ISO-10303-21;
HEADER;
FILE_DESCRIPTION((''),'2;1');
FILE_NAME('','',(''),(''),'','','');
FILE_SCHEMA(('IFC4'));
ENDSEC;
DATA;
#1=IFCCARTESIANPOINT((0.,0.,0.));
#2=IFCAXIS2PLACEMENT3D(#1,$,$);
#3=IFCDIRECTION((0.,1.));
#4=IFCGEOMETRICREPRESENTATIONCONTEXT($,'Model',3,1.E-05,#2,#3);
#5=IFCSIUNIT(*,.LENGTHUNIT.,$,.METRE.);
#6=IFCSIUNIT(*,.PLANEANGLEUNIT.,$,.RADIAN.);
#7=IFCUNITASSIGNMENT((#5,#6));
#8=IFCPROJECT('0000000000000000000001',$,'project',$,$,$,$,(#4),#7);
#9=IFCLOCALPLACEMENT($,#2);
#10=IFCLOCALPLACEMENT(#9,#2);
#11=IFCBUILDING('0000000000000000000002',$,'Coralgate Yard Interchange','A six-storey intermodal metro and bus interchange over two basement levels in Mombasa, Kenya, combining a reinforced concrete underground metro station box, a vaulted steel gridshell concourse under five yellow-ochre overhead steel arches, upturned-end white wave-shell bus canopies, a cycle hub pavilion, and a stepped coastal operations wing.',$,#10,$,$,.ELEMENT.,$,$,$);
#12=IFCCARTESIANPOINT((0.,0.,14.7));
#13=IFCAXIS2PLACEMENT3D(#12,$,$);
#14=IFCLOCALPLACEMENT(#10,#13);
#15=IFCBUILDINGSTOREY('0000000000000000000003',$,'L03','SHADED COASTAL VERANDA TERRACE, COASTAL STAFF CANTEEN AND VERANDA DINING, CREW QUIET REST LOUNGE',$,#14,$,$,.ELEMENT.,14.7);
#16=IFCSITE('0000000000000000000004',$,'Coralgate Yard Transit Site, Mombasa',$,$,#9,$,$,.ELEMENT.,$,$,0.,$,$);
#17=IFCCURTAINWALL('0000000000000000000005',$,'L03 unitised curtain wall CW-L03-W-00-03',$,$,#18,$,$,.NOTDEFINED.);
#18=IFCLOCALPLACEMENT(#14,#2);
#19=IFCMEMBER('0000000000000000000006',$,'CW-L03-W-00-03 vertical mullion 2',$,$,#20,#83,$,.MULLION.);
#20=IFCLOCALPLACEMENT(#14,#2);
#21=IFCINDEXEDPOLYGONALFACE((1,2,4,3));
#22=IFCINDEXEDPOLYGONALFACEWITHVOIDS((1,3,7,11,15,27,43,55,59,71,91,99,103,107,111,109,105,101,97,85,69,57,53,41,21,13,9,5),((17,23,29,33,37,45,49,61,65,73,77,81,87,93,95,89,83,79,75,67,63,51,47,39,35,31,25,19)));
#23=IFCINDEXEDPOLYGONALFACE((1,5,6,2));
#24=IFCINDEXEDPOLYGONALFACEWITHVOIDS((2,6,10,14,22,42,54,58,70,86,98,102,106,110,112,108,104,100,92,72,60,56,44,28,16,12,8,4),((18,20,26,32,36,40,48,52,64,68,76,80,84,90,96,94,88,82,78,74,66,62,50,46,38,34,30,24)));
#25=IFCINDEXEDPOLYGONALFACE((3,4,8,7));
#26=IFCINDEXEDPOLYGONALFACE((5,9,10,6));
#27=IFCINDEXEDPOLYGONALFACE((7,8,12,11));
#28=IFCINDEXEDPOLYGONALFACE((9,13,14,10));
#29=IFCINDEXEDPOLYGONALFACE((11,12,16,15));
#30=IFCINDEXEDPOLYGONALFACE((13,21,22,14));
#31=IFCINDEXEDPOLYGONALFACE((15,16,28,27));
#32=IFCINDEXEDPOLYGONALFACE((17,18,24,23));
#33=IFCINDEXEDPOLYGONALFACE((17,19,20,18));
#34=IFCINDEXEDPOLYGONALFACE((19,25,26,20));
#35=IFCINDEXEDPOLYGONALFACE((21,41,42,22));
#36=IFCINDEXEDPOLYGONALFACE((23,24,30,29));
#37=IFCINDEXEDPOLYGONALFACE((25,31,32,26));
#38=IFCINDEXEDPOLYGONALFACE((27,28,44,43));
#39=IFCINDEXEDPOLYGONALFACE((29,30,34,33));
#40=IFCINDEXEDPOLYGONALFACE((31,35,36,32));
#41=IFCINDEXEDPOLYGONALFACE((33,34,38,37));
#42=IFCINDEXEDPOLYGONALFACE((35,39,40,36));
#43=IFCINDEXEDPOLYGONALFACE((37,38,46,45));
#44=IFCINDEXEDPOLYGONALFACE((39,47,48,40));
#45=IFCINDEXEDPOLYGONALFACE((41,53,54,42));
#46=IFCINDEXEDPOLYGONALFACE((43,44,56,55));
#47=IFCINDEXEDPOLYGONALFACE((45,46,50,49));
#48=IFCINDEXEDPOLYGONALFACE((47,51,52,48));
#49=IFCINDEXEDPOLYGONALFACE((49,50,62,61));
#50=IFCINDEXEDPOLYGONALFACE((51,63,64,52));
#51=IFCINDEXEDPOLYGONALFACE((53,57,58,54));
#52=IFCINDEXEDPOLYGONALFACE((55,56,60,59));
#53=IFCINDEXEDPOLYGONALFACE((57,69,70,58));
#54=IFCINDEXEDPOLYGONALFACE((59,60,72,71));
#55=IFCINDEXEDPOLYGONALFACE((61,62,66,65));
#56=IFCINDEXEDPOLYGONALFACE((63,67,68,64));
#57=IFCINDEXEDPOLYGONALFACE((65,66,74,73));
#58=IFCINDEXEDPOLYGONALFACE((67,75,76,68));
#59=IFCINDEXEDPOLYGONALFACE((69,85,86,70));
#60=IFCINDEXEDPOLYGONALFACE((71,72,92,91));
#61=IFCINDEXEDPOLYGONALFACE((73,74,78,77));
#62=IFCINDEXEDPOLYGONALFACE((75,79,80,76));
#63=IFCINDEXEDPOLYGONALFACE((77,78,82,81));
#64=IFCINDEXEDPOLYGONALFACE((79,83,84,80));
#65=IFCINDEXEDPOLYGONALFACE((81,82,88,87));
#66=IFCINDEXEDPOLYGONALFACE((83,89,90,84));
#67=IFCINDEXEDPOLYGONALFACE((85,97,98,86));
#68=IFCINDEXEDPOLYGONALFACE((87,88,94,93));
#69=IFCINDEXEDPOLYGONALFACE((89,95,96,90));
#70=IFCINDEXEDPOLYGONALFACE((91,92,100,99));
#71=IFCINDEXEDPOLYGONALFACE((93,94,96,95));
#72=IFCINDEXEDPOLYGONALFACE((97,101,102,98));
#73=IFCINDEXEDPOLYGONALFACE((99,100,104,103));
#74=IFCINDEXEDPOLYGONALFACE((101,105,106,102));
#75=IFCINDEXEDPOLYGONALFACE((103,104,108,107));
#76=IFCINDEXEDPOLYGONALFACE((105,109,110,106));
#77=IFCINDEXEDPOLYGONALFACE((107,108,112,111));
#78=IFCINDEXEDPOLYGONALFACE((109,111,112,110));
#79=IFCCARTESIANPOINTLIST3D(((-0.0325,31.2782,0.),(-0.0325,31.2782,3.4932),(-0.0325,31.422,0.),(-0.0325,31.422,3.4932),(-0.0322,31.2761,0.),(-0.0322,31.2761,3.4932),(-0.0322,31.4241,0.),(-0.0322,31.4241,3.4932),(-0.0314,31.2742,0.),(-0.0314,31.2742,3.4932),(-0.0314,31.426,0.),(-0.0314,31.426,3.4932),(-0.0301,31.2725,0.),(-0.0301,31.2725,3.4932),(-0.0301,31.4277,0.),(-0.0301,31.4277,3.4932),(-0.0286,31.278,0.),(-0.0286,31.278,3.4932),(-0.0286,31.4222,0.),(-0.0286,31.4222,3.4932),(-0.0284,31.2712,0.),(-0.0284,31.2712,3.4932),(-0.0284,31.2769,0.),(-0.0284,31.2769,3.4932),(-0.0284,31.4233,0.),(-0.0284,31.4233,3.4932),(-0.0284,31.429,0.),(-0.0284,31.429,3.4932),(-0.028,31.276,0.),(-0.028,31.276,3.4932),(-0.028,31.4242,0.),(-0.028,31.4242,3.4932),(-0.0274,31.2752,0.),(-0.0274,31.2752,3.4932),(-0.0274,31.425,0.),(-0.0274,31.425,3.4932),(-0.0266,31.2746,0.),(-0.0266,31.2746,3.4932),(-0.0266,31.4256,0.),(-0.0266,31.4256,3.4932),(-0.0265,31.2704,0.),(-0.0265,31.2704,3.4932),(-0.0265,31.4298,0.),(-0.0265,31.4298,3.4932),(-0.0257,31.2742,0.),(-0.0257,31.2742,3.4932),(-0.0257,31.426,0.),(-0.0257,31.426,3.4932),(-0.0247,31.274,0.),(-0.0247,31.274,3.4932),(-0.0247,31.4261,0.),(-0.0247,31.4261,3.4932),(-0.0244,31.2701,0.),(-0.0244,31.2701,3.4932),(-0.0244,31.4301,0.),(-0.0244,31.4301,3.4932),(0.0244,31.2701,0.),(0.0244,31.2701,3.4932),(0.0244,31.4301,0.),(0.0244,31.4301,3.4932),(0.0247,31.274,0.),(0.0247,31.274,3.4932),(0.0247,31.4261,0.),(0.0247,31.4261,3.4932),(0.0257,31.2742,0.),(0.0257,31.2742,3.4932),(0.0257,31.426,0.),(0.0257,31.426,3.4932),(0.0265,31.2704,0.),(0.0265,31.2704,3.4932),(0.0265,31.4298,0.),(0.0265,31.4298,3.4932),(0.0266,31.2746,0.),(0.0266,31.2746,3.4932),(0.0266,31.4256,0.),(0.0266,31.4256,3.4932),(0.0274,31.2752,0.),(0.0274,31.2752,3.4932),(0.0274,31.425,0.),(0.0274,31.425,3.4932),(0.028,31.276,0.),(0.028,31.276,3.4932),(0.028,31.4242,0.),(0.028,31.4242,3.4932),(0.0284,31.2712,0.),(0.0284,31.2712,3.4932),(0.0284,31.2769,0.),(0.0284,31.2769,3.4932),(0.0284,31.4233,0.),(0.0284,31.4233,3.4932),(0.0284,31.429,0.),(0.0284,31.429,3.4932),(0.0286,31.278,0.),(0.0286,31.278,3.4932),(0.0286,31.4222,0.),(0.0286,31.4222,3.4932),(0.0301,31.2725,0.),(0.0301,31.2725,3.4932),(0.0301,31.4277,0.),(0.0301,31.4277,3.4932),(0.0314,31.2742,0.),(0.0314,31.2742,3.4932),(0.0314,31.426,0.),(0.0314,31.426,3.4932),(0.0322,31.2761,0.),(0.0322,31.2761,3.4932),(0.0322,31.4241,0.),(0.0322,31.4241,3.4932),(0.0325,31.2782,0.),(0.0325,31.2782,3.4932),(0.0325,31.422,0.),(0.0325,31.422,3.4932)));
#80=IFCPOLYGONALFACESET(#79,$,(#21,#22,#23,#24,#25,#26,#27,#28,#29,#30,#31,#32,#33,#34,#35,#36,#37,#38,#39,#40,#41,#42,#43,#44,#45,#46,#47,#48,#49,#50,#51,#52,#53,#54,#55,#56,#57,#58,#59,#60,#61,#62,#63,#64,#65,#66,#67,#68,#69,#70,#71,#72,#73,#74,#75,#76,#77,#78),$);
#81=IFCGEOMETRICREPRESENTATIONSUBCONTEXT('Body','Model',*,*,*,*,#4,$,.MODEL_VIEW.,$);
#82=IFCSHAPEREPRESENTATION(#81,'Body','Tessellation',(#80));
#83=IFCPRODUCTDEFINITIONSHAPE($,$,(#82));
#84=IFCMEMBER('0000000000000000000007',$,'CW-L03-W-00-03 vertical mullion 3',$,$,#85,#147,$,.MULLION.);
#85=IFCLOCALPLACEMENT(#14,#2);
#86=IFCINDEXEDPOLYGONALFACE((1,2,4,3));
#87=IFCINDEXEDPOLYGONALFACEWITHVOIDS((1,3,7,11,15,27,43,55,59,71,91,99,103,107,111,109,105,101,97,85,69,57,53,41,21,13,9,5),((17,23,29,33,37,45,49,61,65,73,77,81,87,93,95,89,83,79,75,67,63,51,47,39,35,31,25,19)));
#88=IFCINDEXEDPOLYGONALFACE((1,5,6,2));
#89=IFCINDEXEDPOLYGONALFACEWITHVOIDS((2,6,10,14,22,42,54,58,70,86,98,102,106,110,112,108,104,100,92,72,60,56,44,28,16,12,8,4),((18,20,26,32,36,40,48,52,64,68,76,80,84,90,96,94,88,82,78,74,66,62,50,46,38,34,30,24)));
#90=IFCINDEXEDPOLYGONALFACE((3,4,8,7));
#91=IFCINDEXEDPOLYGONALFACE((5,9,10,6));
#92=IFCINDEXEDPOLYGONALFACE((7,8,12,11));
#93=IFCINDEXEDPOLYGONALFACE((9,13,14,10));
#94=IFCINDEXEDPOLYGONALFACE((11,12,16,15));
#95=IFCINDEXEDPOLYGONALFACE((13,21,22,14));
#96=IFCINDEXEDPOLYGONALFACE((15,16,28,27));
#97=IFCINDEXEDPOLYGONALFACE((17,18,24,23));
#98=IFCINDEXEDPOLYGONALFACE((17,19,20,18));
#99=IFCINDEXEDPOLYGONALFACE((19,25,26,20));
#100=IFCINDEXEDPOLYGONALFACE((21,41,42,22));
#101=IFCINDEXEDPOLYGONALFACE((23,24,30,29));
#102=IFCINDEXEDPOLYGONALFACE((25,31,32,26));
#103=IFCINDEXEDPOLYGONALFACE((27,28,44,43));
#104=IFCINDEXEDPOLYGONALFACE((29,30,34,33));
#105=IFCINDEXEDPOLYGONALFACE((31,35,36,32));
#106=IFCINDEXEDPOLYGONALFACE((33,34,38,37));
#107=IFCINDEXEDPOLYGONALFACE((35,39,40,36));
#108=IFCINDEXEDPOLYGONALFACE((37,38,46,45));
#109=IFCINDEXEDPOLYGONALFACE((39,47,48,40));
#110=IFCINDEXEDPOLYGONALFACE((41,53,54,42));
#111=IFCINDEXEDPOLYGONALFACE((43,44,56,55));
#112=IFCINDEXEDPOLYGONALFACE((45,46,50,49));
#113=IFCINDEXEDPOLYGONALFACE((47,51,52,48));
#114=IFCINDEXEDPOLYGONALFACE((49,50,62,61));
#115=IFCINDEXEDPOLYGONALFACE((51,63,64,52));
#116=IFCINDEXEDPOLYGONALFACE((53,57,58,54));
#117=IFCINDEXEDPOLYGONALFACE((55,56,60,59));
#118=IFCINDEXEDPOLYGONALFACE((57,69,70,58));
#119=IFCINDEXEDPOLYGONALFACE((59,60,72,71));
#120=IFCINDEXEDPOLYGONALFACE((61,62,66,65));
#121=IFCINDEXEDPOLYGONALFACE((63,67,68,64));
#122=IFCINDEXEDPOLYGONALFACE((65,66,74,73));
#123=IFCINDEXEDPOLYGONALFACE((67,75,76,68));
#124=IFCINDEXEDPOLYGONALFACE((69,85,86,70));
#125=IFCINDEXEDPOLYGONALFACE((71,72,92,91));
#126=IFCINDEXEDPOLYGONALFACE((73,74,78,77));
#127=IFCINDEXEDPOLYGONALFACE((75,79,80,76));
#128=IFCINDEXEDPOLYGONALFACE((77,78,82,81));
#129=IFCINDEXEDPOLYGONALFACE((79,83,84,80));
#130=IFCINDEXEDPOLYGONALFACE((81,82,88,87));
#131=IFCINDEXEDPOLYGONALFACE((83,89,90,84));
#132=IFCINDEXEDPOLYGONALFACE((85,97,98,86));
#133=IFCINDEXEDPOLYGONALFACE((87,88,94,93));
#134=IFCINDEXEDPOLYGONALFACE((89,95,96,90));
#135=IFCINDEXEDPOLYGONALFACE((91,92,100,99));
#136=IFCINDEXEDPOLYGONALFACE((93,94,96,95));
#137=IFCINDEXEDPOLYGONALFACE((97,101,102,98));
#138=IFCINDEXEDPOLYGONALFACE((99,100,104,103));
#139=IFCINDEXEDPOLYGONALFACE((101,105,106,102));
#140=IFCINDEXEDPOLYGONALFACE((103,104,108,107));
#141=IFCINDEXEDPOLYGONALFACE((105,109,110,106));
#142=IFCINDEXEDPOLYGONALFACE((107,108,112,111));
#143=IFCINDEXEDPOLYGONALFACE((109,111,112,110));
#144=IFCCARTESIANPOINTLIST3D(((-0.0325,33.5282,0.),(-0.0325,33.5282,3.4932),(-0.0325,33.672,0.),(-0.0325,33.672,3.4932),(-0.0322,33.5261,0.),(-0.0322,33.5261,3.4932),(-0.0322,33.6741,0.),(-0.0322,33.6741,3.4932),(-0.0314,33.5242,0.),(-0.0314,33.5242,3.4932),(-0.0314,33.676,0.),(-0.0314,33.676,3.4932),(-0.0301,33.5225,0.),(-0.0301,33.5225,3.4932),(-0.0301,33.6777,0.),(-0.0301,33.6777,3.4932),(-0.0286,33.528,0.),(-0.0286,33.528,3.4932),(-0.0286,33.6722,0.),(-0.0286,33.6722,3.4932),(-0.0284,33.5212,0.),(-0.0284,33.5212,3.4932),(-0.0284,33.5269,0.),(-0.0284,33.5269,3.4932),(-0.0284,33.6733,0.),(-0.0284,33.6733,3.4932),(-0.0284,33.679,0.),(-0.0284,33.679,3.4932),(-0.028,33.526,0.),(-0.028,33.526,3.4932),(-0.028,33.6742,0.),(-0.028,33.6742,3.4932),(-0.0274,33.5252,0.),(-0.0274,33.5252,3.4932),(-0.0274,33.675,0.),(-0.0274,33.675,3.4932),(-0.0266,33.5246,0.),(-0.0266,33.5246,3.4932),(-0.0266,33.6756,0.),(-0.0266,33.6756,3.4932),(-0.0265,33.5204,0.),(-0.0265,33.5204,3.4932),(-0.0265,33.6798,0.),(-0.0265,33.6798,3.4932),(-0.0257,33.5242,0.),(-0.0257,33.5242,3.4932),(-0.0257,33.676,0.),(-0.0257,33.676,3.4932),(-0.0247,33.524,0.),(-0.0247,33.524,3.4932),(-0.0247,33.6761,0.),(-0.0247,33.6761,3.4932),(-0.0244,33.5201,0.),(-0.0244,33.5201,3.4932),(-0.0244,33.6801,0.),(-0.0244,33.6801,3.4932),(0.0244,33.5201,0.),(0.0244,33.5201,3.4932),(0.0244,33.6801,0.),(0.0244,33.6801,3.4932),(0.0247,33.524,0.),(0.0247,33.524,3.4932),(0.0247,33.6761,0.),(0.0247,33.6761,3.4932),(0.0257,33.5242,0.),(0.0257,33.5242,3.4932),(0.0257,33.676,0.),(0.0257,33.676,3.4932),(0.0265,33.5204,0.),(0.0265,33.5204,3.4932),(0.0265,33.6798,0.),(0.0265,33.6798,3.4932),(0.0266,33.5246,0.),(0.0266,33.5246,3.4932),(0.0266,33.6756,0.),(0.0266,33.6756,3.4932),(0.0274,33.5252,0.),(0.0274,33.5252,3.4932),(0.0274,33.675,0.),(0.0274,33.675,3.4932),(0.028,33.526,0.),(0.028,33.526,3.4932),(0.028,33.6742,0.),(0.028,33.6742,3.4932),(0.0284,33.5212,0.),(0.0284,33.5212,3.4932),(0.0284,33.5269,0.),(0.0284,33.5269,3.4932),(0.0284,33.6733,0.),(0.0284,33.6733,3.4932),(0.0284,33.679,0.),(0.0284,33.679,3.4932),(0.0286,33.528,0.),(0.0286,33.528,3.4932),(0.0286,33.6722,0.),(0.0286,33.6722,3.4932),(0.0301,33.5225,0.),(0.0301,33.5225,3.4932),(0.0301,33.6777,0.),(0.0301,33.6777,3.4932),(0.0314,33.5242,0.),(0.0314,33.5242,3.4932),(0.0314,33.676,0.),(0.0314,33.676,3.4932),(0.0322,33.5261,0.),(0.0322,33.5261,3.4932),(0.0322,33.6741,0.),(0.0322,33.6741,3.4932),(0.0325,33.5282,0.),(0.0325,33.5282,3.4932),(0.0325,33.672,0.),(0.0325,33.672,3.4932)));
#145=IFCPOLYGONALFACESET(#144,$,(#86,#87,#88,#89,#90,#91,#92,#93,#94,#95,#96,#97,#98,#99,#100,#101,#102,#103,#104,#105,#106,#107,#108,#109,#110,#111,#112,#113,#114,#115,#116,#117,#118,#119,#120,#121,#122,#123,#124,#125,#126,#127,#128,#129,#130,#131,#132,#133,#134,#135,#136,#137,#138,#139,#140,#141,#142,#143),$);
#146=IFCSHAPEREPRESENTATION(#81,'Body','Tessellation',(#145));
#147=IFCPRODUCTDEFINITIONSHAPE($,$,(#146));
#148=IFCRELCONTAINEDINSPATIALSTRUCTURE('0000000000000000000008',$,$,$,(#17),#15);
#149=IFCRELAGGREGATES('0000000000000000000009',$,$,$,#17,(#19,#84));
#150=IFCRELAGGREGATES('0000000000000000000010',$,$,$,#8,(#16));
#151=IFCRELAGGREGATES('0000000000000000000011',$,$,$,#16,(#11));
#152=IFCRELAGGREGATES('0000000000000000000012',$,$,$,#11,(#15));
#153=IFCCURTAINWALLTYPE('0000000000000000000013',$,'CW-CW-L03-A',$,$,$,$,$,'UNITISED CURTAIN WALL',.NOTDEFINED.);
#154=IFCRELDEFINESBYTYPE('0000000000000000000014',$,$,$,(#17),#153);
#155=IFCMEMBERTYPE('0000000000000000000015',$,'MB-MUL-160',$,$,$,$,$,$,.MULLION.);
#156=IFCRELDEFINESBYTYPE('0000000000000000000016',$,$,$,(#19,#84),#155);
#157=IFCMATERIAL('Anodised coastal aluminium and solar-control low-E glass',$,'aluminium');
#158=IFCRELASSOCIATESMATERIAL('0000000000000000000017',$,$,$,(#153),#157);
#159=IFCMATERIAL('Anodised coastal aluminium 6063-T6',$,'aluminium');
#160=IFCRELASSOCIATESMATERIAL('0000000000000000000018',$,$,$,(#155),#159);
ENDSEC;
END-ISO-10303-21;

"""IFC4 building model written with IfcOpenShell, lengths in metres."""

from ifc_helpers import new_model, si_unit, direction, frame, origin, origin_2d, place, context, subcontext, project, spatial, hollow_rectangle, extrude, material, material_profile, profile_set, type_object, element, aggregate, save


model = new_model("IFC4")

# Units and contexts
model_context = context("Model", 3, precision=1e-05, world=origin(), true_north=direction((0.0, 1.0)))
body_context = subcontext(model_context, "Body", "Model", "MODEL_VIEW")
ifc_project = project(units=[si_unit("LENGTHUNIT", "METRE"), si_unit("PLANEANGLEUNIT", "RADIAN")], contexts=[model_context])

# Site, building, storey
site_placement = place(None, origin())
site = spatial("IfcSite", under=ifc_project, at=site_placement, Name="Coralgate Yard Transit Site, Mombasa", CompositionType="ELEMENT", RefElevation=0.0)
building_placement = place(site_placement, origin())
building = spatial("IfcBuilding", under=site, at=building_placement, Name="Coralgate Yard Interchange", Description="A six-storey intermodal metro and bus interchange over two basement levels in Mombasa, Kenya, combining a reinforced concrete underground metro station box, a vaulted steel gridshell concourse under five yellow-ochre overhead steel arches, upturned-end white wave-shell bus canopies, a cycle hub pavilion, and a stepped coastal operations wing.", CompositionType="ELEMENT")
storey_placement = place(building_placement, frame((0.0, 0.0, 14.7)))
storey = spatial("IfcBuildingStorey", under=building, at=storey_placement, Name="L03", Description="SHADED COASTAL VERANDA TERRACE, COASTAL STAFF CANTEEN AND VERANDA DINING, CREW QUIET REST LOUNGE", CompositionType="ELEMENT", Elevation=14.7)

# Curtain wall, members
ifc_material_1 = material(Name="Anodised coastal aluminium and solar-control low-E glass", Category="aluminium")
curtain_wall_type = type_object("IfcCurtainWallType", Name="CW-CW-L03-A", ElementType="UNITISED CURTAIN WALL", PredefinedType="NOTDEFINED", material=ifc_material_1)
curtain_wall_placement = place(storey_placement, origin())
curtain_wall = element("IfcCurtainWall", 1, at=curtain_wall_placement, inside=storey, type_object=curtain_wall_type, Name="L03 unitised curtain wall CW-L03-W-00-03", PredefinedType="NOTDEFINED")
ifc_material_2 = material(Name="Anodised coastal aluminium 6063-T6", Category="aluminium")
ifc_material_profile_1 = material_profile(ifc_material_2, hollow_rectangle(XDim=0.0649, YDim=0.1599, WallThickness=0.0039, InnerFilletRadius=0.0039, OuterFilletRadius=0.0081, at=origin_2d()), Name="ALU 65x160x4")
ifc_profile_set_1 = profile_set([ifc_material_profile_1], Name="Anodised coastal aluminium 6063-T6")
member_type_1 = type_object("IfcMemberType", Name="MB-MUL-160", PredefinedType="MULLION", material=ifc_profile_set_1)
member_1_placement = place(storey_placement, frame((0.0, 31.3501, 0.0), z_axis=(0.0, 0.0, 1.0), x_axis=(1.0, 0.0, 0.0)))
member_1 = element("IfcMember", 2, at=member_1_placement, type_object=member_type_1, Name="CW-L03-W-00-03 vertical mullion 2", PredefinedType="MULLION", context=body_context, shape_type="SweptSolid", body=[
    extrude(hollow_rectangle(XDim=0.0649, YDim=0.1599, WallThickness=0.0039, InnerFilletRadius=0.0039, OuterFilletRadius=0.0081, at=origin_2d()), origin(), (0.0, 0.0, 1.0), 3.4932),
])
member_2_placement = place(storey_placement, frame((0.0, 33.6001, 0.0), z_axis=(0.0, 0.0, 1.0), x_axis=(1.0, 0.0, 0.0)))
member_2 = element("IfcMember", 3, at=member_2_placement, type_object=member_type_1, Name="CW-L03-W-00-03 vertical mullion 3", PredefinedType="MULLION", context=body_context, shape_type="SweptSolid", body=[
    extrude(hollow_rectangle(XDim=0.0649, YDim=0.1599, WallThickness=0.0039, InnerFilletRadius=0.0039, OuterFilletRadius=0.0081, at=origin_2d()), origin(), (0.0, 0.0, 1.0), 3.4932),
])
aggregate(curtain_wall, [member_1, member_2])

save(model, "model.ifc")
